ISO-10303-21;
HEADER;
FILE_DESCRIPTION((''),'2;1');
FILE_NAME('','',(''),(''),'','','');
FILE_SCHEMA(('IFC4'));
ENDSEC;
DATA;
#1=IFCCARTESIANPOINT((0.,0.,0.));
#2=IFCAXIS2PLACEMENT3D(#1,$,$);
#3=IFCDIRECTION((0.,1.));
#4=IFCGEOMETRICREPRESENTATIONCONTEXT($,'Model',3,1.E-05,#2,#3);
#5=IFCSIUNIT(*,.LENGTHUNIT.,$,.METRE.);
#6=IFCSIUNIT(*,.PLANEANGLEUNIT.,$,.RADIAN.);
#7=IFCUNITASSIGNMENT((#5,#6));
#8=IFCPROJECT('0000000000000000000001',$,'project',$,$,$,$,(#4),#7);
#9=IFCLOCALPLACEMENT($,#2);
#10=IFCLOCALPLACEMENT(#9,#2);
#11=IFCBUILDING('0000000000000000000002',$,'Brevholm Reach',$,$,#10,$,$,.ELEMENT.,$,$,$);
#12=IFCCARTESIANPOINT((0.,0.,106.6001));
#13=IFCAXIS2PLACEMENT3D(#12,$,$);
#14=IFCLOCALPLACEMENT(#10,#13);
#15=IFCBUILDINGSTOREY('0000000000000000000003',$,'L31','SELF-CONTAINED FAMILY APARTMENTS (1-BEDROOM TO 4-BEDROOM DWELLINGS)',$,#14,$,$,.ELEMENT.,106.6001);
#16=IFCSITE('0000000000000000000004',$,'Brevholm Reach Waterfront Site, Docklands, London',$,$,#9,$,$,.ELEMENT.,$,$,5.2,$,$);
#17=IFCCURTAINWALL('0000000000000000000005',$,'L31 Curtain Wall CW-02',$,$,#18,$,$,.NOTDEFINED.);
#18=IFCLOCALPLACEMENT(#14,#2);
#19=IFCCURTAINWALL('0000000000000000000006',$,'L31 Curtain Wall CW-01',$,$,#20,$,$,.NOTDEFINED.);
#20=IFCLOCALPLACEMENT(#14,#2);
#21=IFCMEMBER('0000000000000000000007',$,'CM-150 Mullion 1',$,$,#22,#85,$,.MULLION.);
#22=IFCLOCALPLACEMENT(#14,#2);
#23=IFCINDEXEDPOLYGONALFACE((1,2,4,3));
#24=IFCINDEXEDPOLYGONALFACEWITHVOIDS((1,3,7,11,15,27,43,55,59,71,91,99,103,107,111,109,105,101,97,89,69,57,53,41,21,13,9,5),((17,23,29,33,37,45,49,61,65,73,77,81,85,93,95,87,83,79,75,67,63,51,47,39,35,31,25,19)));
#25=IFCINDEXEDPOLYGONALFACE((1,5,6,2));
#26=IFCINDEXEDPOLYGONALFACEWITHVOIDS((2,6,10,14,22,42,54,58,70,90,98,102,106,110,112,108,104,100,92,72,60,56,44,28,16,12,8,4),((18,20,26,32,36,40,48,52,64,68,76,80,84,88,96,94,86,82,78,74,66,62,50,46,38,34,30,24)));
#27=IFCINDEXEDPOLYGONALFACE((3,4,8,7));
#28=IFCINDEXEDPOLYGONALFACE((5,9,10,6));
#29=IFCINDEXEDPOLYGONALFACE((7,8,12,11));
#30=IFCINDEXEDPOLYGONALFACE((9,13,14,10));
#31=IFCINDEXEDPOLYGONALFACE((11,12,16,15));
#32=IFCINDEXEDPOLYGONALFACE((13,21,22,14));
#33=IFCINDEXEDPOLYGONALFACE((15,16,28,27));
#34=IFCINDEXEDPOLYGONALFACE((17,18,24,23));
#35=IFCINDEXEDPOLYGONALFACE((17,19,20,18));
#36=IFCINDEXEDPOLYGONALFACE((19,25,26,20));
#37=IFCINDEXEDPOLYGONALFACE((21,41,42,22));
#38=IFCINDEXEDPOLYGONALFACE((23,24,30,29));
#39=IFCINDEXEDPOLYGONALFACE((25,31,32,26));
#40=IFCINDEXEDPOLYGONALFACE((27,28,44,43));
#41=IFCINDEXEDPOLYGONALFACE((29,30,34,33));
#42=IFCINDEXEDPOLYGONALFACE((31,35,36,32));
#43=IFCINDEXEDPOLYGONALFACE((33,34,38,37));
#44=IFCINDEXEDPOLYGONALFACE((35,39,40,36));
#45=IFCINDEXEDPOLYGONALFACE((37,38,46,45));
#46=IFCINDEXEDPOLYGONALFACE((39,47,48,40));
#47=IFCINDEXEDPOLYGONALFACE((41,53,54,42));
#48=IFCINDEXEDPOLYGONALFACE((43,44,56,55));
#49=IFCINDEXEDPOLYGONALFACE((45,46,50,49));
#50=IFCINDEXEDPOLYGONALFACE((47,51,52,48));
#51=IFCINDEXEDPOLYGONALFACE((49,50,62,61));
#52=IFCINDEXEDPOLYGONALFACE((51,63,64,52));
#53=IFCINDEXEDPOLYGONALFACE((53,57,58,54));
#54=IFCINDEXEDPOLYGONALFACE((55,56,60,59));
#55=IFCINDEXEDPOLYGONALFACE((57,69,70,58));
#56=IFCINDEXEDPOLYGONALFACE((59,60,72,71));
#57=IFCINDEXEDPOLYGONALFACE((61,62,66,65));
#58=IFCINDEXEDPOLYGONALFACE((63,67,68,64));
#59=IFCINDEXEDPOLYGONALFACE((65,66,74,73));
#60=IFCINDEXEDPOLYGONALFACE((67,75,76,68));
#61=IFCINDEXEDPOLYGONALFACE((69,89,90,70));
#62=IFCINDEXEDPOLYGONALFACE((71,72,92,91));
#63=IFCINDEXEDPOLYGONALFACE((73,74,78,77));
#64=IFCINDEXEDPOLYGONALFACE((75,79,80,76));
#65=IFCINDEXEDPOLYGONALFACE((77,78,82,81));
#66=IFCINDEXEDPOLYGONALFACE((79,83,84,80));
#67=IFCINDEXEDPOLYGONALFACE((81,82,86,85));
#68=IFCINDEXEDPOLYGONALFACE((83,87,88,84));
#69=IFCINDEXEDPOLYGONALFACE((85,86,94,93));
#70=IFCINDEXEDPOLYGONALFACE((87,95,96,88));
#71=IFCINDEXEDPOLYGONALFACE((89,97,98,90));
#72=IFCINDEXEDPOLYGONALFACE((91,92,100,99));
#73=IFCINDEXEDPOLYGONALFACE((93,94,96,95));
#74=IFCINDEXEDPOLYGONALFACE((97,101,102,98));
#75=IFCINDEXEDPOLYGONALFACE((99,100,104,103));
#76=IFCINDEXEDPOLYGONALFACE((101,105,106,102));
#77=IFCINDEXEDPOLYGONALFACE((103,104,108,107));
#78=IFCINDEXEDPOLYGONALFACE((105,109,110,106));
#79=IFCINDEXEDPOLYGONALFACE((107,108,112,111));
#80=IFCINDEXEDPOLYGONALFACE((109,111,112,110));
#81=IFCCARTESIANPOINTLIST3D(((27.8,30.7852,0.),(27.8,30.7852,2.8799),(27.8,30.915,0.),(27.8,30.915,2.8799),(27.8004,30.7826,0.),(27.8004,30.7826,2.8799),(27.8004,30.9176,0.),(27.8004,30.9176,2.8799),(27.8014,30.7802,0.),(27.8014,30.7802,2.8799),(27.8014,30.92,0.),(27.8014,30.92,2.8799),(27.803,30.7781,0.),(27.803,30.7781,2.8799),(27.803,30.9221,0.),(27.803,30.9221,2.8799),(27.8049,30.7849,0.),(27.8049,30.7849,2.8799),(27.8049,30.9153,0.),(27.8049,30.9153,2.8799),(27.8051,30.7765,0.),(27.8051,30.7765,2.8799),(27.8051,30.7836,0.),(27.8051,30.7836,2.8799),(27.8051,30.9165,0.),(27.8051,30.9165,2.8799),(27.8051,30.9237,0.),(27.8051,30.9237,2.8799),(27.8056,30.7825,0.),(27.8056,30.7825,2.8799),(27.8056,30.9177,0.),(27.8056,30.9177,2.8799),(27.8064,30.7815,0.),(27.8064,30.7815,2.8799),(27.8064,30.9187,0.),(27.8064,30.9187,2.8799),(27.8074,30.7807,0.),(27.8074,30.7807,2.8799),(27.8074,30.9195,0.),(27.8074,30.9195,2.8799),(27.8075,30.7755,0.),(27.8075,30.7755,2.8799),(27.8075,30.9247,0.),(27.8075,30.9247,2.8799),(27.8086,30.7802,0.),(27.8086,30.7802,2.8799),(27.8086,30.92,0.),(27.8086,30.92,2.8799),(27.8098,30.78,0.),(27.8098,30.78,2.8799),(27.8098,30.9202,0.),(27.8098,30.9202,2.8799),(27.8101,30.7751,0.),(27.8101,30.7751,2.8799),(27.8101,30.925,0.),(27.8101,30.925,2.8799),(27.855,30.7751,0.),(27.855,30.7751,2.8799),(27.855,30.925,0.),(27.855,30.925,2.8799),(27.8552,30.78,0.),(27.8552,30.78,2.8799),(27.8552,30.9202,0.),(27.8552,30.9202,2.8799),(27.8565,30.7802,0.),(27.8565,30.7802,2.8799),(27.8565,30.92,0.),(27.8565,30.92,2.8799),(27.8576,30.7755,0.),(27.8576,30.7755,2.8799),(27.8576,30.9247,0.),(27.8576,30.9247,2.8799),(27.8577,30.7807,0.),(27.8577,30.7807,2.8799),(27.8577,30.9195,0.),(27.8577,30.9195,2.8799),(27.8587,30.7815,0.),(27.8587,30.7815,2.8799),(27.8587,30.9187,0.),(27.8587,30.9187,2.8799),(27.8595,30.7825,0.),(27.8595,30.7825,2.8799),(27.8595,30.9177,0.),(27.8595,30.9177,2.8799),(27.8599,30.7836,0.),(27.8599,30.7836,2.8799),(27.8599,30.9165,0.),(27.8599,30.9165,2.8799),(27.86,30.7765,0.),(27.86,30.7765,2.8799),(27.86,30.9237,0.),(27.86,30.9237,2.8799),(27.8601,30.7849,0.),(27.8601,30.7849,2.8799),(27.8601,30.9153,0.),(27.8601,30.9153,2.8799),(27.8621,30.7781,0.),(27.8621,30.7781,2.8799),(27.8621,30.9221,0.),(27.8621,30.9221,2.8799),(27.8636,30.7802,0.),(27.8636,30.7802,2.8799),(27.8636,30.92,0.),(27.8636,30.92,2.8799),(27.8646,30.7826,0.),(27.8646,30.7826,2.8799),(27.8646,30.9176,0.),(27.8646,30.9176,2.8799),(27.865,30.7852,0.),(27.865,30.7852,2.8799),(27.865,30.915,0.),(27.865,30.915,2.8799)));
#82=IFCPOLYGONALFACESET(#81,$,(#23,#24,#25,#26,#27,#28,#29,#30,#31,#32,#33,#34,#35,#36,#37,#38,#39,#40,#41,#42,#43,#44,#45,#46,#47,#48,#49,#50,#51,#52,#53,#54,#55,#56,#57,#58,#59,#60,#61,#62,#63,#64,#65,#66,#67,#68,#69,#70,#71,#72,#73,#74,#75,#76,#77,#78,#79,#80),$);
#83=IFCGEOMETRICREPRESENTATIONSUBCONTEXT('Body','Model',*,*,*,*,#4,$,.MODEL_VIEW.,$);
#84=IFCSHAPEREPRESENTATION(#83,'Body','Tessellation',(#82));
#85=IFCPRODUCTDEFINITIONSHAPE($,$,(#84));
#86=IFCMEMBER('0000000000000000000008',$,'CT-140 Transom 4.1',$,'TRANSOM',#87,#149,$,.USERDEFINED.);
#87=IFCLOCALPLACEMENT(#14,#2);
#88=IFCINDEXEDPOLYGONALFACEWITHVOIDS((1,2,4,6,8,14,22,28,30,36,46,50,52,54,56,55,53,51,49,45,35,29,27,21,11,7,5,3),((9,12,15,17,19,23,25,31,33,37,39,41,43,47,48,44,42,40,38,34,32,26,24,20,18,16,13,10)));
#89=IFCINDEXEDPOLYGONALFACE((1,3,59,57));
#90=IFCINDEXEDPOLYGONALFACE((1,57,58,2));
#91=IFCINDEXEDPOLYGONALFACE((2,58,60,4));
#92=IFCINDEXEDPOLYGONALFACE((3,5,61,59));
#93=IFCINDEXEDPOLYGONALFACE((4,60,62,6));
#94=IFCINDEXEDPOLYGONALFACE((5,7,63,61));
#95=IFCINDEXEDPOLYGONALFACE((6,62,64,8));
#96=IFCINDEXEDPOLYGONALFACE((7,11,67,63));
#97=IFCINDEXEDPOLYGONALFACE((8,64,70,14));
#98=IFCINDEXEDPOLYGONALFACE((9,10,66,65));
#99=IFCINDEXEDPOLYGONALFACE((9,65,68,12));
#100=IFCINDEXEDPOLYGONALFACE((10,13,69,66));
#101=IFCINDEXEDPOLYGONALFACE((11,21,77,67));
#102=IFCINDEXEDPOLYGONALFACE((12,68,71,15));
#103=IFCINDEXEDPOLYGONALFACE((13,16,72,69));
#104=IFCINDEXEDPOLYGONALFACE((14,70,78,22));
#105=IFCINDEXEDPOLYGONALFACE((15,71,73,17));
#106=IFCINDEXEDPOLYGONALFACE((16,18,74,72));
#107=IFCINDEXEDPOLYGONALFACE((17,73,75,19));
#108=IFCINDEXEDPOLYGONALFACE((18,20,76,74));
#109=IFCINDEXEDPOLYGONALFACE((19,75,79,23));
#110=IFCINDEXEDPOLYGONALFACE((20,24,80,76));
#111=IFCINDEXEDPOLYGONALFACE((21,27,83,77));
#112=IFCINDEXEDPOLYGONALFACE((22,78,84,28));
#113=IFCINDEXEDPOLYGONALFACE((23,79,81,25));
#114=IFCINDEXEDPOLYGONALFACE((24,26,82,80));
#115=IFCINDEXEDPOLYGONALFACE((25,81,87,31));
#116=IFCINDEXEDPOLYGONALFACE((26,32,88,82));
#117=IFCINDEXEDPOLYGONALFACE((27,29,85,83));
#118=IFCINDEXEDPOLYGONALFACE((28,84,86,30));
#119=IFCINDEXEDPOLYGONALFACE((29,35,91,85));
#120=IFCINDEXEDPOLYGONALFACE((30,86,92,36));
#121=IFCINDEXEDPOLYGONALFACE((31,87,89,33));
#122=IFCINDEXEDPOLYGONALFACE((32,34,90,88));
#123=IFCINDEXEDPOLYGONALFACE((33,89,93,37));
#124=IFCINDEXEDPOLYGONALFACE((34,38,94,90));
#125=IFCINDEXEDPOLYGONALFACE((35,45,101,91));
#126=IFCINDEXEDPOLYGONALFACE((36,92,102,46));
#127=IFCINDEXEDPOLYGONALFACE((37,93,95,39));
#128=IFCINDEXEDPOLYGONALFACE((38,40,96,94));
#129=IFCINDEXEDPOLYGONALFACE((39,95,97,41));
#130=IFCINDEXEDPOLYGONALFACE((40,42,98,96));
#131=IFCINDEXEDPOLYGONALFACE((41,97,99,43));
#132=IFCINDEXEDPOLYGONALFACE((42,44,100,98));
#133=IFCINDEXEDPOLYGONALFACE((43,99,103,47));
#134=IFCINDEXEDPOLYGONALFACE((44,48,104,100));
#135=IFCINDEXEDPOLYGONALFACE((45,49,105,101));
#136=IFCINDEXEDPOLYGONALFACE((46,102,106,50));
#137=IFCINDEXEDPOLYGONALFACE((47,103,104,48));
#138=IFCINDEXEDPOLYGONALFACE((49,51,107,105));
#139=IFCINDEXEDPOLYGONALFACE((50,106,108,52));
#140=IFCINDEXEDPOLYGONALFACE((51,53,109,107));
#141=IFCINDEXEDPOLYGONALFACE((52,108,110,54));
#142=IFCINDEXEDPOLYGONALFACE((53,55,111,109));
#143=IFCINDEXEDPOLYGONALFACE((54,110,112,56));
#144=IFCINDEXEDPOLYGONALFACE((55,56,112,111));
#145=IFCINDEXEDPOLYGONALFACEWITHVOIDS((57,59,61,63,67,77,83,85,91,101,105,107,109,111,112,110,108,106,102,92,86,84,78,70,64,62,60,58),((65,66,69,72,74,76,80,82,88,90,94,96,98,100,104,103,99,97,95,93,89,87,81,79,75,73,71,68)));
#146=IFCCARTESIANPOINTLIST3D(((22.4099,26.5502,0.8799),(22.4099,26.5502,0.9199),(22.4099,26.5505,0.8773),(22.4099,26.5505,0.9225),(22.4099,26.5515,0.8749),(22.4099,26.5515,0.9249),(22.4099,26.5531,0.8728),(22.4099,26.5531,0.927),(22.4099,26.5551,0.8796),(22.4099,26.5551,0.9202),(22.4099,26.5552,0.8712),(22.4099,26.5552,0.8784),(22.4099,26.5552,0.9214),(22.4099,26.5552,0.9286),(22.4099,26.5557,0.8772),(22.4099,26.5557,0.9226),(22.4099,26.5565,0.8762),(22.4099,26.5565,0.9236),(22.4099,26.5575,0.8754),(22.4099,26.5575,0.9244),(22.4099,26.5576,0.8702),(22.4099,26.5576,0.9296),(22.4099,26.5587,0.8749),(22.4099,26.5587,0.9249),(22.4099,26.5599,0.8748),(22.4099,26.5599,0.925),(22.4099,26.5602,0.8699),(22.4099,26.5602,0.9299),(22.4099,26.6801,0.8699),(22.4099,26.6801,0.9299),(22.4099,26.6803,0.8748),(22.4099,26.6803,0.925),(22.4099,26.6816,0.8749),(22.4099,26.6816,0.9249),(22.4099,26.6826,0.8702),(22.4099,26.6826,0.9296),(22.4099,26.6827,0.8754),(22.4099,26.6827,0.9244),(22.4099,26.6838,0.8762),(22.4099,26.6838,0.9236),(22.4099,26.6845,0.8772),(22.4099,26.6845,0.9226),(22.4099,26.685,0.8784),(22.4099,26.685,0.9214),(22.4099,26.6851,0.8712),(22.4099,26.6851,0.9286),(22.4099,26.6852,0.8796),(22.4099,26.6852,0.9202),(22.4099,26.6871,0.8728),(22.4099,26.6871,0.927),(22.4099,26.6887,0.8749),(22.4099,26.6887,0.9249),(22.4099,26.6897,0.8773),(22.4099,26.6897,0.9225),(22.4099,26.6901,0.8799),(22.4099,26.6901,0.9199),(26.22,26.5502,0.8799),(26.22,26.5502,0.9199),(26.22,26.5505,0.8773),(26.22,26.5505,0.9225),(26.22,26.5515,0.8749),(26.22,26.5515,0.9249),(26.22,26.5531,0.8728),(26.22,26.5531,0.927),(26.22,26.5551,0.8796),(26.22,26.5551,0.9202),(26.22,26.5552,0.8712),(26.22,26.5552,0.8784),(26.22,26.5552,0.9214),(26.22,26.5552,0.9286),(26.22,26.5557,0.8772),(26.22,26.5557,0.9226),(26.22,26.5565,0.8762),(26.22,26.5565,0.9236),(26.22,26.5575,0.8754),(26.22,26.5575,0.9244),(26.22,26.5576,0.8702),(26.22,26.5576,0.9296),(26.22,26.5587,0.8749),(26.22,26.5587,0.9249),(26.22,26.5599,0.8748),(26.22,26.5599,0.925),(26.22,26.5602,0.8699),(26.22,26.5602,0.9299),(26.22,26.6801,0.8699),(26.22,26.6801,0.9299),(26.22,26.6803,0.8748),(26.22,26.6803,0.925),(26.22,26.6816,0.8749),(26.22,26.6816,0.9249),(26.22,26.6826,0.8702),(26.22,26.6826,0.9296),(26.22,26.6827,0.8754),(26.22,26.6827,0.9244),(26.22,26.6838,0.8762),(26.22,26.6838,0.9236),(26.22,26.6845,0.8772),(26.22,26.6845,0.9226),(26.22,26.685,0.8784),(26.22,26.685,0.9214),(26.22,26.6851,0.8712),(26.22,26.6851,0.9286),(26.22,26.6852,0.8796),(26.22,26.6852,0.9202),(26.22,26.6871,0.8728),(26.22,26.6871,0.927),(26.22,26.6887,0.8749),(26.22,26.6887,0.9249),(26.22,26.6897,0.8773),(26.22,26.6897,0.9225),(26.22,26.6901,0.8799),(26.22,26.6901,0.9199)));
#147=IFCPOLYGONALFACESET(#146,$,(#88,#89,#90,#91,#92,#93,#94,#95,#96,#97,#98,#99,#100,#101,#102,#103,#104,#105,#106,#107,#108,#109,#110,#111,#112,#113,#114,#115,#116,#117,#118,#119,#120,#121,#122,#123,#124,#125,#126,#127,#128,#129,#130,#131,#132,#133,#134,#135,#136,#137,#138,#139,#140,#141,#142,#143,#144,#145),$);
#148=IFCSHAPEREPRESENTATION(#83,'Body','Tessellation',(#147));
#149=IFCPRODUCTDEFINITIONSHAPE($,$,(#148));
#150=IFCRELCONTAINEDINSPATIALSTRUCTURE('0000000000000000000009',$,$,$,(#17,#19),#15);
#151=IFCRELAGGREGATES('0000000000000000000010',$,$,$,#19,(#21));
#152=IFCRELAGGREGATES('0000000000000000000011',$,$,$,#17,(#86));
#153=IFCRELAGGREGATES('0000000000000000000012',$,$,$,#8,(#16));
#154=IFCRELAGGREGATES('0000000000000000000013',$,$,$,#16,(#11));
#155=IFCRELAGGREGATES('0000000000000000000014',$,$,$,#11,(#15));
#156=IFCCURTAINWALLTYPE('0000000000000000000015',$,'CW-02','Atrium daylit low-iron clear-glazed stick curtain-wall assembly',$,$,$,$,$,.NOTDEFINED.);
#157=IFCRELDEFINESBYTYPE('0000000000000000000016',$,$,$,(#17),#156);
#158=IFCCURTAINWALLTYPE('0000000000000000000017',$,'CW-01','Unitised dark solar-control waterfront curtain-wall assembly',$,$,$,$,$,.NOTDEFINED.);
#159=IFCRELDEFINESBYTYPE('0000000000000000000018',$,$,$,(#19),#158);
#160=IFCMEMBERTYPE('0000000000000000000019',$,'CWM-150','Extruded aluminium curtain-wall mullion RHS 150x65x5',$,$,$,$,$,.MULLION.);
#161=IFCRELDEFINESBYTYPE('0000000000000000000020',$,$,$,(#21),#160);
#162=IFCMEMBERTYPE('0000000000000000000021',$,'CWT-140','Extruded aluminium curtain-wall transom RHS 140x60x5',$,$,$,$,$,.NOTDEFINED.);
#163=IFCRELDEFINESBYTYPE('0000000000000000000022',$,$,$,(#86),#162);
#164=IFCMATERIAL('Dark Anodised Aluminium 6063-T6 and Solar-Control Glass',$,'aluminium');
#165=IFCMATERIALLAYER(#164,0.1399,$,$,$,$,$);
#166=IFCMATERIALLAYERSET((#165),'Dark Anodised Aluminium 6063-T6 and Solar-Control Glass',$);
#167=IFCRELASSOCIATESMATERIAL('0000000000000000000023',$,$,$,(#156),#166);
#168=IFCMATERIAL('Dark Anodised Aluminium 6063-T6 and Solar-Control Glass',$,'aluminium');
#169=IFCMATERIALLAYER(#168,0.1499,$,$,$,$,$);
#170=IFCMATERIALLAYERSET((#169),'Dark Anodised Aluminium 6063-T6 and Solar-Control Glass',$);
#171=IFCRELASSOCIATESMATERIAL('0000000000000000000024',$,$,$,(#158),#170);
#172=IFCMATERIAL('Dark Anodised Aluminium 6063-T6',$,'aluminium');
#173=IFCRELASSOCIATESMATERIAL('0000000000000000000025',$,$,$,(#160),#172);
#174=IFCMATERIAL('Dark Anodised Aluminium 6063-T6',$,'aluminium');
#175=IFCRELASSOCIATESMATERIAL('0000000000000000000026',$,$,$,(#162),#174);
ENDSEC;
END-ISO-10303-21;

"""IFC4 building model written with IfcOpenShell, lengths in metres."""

from ifc_helpers import new_model, si_unit, direction, frame, origin, origin_2d, place, context, subcontext, project, spatial, hollow_rectangle, extrude, material, layer, layer_set, material_profile, profile_set, type_object, element, aggregate, save


model = new_model("IFC4")

# Units and contexts
model_context = context("Model", 3, precision=1e-05, world=origin(), true_north=direction((0.0, 1.0)))
body_context = subcontext(model_context, "Body", "Model", "MODEL_VIEW")
ifc_project = project(units=[si_unit("LENGTHUNIT", "METRE"), si_unit("PLANEANGLEUNIT", "RADIAN")], contexts=[model_context])

# Site, building, storey
site_placement = place(None, origin())
site = spatial("IfcSite", under=ifc_project, at=site_placement, Name="Brevholm Reach Waterfront Site, Docklands, London", CompositionType="ELEMENT", RefElevation=5.2)
building_placement = place(site_placement, origin())
building = spatial("IfcBuilding", under=site, at=building_placement, Name="Brevholm Reach", CompositionType="ELEMENT")
storey_placement = place(building_placement, frame((0.0, 0.0, 106.6001)))
storey = spatial("IfcBuildingStorey", under=building, at=storey_placement, Name="L31", Description="SELF-CONTAINED FAMILY APARTMENTS (1-BEDROOM TO 4-BEDROOM DWELLINGS)", CompositionType="ELEMENT", Elevation=106.6001)

# Curtain wall
ifc_material_1 = material(Name="Dark Anodised Aluminium 6063-T6 and Solar-Control Glass", Category="aluminium")
ifc_layer_1 = layer(ifc_material_1, 0.1399)
ifc_layer_set_1 = layer_set([ifc_layer_1], Name="Dark Anodised Aluminium 6063-T6 and Solar-Control Glass")
curtain_wall_type_1 = type_object("IfcCurtainWallType", Name="CW-02", Description="Atrium daylit low-iron clear-glazed stick curtain-wall assembly", PredefinedType="NOTDEFINED", material=ifc_layer_set_1)
curtain_wall_1_placement = place(storey_placement, origin())
curtain_wall_1 = element("IfcCurtainWall", 1, at=curtain_wall_1_placement, inside=storey, type_object=curtain_wall_type_1, Name="L31 Curtain Wall CW-02", PredefinedType="NOTDEFINED")

# Curtain wall, member
ifc_material_2 = material(Name="Dark Anodised Aluminium 6063-T6 and Solar-Control Glass", Category="aluminium")
ifc_layer_2 = layer(ifc_material_2, 0.1499)
ifc_layer_set_2 = layer_set([ifc_layer_2], Name="Dark Anodised Aluminium 6063-T6 and Solar-Control Glass")
curtain_wall_type_2 = type_object("IfcCurtainWallType", Name="CW-01", Description="Unitised dark solar-control waterfront curtain-wall assembly", PredefinedType="NOTDEFINED", material=ifc_layer_set_2)
curtain_wall_2_placement = place(storey_placement, origin())
curtain_wall_2 = element("IfcCurtainWall", 2, at=curtain_wall_2_placement, inside=storey, type_object=curtain_wall_type_2, Name="L31 Curtain Wall CW-01", PredefinedType="NOTDEFINED")
ifc_material_3 = material(Name="Dark Anodised Aluminium 6063-T6", Category="aluminium")
ifc_material_profile_1 = material_profile(ifc_material_3, hollow_rectangle(XDim=0.0649, YDim=0.1499, WallThickness=0.0049, InnerFilletRadius=0.0049, OuterFilletRadius=0.01, at=origin_2d()), Name="RHS 150x65x5")
ifc_profile_set_1 = profile_set([ifc_material_profile_1], Name="Dark Anodised Aluminium 6063-T6")
member_type_1 = type_object("IfcMemberType", Name="CWM-150", Description="Extruded aluminium curtain-wall mullion RHS 150x65x5", PredefinedType="MULLION", material=ifc_profile_set_1)
member_1_placement = place(storey_placement, frame((27.8325, 30.8501, 0.0), z_axis=(0.0, 0.0, 1.0), x_axis=(1.0, 0.0, 0.0)))
member_1 = element("IfcMember", 3, at=member_1_placement, type_object=member_type_1, Name="CM-150 Mullion 1", PredefinedType="MULLION", context=body_context, shape_type="SweptSolid", body=[
    extrude(hollow_rectangle(XDim=0.0649, YDim=0.1499, WallThickness=0.0049, InnerFilletRadius=0.0049, OuterFilletRadius=0.01, at=origin_2d()), origin(), (0.0, 0.0, 1.0), 2.8799),
])

# Member
ifc_material_4 = material(Name="Dark Anodised Aluminium 6063-T6", Category="aluminium")
ifc_material_profile_2 = material_profile(ifc_material_4, hollow_rectangle(XDim=0.0601, YDim=0.1399, WallThickness=0.0049, InnerFilletRadius=0.0049, OuterFilletRadius=0.01, at=origin_2d()), Name="RHS 140x60x5")
ifc_profile_set_2 = profile_set([ifc_material_profile_2], Name="Dark Anodised Aluminium 6063-T6")
member_type_2 = type_object("IfcMemberType", Name="CWT-140", Description="Extruded aluminium curtain-wall transom RHS 140x60x5", PredefinedType="NOTDEFINED", material=ifc_profile_set_2)
member_2_placement = place(storey_placement, frame((26.22, 26.6201, 0.8999), z_axis=(-1.0, 0.0, 0.0), x_axis=(0.0, 0.0, 1.0)))
member_2 = element("IfcMember", 4, at=member_2_placement, type_object=member_type_2, Name="CT-140 Transom 4.1", ObjectType="TRANSOM", PredefinedType="USERDEFINED", context=body_context, shape_type="SweptSolid", body=[
    extrude(hollow_rectangle(XDim=0.0601, YDim=0.1399, WallThickness=0.0049, InnerFilletRadius=0.0049, OuterFilletRadius=0.01, at=origin_2d()), origin(), (0.0, 0.0, 1.0), 3.8101),
])
aggregate(curtain_wall_2, [member_1])

aggregate(curtain_wall_1, [member_2])

save(model, "model.ifc")
